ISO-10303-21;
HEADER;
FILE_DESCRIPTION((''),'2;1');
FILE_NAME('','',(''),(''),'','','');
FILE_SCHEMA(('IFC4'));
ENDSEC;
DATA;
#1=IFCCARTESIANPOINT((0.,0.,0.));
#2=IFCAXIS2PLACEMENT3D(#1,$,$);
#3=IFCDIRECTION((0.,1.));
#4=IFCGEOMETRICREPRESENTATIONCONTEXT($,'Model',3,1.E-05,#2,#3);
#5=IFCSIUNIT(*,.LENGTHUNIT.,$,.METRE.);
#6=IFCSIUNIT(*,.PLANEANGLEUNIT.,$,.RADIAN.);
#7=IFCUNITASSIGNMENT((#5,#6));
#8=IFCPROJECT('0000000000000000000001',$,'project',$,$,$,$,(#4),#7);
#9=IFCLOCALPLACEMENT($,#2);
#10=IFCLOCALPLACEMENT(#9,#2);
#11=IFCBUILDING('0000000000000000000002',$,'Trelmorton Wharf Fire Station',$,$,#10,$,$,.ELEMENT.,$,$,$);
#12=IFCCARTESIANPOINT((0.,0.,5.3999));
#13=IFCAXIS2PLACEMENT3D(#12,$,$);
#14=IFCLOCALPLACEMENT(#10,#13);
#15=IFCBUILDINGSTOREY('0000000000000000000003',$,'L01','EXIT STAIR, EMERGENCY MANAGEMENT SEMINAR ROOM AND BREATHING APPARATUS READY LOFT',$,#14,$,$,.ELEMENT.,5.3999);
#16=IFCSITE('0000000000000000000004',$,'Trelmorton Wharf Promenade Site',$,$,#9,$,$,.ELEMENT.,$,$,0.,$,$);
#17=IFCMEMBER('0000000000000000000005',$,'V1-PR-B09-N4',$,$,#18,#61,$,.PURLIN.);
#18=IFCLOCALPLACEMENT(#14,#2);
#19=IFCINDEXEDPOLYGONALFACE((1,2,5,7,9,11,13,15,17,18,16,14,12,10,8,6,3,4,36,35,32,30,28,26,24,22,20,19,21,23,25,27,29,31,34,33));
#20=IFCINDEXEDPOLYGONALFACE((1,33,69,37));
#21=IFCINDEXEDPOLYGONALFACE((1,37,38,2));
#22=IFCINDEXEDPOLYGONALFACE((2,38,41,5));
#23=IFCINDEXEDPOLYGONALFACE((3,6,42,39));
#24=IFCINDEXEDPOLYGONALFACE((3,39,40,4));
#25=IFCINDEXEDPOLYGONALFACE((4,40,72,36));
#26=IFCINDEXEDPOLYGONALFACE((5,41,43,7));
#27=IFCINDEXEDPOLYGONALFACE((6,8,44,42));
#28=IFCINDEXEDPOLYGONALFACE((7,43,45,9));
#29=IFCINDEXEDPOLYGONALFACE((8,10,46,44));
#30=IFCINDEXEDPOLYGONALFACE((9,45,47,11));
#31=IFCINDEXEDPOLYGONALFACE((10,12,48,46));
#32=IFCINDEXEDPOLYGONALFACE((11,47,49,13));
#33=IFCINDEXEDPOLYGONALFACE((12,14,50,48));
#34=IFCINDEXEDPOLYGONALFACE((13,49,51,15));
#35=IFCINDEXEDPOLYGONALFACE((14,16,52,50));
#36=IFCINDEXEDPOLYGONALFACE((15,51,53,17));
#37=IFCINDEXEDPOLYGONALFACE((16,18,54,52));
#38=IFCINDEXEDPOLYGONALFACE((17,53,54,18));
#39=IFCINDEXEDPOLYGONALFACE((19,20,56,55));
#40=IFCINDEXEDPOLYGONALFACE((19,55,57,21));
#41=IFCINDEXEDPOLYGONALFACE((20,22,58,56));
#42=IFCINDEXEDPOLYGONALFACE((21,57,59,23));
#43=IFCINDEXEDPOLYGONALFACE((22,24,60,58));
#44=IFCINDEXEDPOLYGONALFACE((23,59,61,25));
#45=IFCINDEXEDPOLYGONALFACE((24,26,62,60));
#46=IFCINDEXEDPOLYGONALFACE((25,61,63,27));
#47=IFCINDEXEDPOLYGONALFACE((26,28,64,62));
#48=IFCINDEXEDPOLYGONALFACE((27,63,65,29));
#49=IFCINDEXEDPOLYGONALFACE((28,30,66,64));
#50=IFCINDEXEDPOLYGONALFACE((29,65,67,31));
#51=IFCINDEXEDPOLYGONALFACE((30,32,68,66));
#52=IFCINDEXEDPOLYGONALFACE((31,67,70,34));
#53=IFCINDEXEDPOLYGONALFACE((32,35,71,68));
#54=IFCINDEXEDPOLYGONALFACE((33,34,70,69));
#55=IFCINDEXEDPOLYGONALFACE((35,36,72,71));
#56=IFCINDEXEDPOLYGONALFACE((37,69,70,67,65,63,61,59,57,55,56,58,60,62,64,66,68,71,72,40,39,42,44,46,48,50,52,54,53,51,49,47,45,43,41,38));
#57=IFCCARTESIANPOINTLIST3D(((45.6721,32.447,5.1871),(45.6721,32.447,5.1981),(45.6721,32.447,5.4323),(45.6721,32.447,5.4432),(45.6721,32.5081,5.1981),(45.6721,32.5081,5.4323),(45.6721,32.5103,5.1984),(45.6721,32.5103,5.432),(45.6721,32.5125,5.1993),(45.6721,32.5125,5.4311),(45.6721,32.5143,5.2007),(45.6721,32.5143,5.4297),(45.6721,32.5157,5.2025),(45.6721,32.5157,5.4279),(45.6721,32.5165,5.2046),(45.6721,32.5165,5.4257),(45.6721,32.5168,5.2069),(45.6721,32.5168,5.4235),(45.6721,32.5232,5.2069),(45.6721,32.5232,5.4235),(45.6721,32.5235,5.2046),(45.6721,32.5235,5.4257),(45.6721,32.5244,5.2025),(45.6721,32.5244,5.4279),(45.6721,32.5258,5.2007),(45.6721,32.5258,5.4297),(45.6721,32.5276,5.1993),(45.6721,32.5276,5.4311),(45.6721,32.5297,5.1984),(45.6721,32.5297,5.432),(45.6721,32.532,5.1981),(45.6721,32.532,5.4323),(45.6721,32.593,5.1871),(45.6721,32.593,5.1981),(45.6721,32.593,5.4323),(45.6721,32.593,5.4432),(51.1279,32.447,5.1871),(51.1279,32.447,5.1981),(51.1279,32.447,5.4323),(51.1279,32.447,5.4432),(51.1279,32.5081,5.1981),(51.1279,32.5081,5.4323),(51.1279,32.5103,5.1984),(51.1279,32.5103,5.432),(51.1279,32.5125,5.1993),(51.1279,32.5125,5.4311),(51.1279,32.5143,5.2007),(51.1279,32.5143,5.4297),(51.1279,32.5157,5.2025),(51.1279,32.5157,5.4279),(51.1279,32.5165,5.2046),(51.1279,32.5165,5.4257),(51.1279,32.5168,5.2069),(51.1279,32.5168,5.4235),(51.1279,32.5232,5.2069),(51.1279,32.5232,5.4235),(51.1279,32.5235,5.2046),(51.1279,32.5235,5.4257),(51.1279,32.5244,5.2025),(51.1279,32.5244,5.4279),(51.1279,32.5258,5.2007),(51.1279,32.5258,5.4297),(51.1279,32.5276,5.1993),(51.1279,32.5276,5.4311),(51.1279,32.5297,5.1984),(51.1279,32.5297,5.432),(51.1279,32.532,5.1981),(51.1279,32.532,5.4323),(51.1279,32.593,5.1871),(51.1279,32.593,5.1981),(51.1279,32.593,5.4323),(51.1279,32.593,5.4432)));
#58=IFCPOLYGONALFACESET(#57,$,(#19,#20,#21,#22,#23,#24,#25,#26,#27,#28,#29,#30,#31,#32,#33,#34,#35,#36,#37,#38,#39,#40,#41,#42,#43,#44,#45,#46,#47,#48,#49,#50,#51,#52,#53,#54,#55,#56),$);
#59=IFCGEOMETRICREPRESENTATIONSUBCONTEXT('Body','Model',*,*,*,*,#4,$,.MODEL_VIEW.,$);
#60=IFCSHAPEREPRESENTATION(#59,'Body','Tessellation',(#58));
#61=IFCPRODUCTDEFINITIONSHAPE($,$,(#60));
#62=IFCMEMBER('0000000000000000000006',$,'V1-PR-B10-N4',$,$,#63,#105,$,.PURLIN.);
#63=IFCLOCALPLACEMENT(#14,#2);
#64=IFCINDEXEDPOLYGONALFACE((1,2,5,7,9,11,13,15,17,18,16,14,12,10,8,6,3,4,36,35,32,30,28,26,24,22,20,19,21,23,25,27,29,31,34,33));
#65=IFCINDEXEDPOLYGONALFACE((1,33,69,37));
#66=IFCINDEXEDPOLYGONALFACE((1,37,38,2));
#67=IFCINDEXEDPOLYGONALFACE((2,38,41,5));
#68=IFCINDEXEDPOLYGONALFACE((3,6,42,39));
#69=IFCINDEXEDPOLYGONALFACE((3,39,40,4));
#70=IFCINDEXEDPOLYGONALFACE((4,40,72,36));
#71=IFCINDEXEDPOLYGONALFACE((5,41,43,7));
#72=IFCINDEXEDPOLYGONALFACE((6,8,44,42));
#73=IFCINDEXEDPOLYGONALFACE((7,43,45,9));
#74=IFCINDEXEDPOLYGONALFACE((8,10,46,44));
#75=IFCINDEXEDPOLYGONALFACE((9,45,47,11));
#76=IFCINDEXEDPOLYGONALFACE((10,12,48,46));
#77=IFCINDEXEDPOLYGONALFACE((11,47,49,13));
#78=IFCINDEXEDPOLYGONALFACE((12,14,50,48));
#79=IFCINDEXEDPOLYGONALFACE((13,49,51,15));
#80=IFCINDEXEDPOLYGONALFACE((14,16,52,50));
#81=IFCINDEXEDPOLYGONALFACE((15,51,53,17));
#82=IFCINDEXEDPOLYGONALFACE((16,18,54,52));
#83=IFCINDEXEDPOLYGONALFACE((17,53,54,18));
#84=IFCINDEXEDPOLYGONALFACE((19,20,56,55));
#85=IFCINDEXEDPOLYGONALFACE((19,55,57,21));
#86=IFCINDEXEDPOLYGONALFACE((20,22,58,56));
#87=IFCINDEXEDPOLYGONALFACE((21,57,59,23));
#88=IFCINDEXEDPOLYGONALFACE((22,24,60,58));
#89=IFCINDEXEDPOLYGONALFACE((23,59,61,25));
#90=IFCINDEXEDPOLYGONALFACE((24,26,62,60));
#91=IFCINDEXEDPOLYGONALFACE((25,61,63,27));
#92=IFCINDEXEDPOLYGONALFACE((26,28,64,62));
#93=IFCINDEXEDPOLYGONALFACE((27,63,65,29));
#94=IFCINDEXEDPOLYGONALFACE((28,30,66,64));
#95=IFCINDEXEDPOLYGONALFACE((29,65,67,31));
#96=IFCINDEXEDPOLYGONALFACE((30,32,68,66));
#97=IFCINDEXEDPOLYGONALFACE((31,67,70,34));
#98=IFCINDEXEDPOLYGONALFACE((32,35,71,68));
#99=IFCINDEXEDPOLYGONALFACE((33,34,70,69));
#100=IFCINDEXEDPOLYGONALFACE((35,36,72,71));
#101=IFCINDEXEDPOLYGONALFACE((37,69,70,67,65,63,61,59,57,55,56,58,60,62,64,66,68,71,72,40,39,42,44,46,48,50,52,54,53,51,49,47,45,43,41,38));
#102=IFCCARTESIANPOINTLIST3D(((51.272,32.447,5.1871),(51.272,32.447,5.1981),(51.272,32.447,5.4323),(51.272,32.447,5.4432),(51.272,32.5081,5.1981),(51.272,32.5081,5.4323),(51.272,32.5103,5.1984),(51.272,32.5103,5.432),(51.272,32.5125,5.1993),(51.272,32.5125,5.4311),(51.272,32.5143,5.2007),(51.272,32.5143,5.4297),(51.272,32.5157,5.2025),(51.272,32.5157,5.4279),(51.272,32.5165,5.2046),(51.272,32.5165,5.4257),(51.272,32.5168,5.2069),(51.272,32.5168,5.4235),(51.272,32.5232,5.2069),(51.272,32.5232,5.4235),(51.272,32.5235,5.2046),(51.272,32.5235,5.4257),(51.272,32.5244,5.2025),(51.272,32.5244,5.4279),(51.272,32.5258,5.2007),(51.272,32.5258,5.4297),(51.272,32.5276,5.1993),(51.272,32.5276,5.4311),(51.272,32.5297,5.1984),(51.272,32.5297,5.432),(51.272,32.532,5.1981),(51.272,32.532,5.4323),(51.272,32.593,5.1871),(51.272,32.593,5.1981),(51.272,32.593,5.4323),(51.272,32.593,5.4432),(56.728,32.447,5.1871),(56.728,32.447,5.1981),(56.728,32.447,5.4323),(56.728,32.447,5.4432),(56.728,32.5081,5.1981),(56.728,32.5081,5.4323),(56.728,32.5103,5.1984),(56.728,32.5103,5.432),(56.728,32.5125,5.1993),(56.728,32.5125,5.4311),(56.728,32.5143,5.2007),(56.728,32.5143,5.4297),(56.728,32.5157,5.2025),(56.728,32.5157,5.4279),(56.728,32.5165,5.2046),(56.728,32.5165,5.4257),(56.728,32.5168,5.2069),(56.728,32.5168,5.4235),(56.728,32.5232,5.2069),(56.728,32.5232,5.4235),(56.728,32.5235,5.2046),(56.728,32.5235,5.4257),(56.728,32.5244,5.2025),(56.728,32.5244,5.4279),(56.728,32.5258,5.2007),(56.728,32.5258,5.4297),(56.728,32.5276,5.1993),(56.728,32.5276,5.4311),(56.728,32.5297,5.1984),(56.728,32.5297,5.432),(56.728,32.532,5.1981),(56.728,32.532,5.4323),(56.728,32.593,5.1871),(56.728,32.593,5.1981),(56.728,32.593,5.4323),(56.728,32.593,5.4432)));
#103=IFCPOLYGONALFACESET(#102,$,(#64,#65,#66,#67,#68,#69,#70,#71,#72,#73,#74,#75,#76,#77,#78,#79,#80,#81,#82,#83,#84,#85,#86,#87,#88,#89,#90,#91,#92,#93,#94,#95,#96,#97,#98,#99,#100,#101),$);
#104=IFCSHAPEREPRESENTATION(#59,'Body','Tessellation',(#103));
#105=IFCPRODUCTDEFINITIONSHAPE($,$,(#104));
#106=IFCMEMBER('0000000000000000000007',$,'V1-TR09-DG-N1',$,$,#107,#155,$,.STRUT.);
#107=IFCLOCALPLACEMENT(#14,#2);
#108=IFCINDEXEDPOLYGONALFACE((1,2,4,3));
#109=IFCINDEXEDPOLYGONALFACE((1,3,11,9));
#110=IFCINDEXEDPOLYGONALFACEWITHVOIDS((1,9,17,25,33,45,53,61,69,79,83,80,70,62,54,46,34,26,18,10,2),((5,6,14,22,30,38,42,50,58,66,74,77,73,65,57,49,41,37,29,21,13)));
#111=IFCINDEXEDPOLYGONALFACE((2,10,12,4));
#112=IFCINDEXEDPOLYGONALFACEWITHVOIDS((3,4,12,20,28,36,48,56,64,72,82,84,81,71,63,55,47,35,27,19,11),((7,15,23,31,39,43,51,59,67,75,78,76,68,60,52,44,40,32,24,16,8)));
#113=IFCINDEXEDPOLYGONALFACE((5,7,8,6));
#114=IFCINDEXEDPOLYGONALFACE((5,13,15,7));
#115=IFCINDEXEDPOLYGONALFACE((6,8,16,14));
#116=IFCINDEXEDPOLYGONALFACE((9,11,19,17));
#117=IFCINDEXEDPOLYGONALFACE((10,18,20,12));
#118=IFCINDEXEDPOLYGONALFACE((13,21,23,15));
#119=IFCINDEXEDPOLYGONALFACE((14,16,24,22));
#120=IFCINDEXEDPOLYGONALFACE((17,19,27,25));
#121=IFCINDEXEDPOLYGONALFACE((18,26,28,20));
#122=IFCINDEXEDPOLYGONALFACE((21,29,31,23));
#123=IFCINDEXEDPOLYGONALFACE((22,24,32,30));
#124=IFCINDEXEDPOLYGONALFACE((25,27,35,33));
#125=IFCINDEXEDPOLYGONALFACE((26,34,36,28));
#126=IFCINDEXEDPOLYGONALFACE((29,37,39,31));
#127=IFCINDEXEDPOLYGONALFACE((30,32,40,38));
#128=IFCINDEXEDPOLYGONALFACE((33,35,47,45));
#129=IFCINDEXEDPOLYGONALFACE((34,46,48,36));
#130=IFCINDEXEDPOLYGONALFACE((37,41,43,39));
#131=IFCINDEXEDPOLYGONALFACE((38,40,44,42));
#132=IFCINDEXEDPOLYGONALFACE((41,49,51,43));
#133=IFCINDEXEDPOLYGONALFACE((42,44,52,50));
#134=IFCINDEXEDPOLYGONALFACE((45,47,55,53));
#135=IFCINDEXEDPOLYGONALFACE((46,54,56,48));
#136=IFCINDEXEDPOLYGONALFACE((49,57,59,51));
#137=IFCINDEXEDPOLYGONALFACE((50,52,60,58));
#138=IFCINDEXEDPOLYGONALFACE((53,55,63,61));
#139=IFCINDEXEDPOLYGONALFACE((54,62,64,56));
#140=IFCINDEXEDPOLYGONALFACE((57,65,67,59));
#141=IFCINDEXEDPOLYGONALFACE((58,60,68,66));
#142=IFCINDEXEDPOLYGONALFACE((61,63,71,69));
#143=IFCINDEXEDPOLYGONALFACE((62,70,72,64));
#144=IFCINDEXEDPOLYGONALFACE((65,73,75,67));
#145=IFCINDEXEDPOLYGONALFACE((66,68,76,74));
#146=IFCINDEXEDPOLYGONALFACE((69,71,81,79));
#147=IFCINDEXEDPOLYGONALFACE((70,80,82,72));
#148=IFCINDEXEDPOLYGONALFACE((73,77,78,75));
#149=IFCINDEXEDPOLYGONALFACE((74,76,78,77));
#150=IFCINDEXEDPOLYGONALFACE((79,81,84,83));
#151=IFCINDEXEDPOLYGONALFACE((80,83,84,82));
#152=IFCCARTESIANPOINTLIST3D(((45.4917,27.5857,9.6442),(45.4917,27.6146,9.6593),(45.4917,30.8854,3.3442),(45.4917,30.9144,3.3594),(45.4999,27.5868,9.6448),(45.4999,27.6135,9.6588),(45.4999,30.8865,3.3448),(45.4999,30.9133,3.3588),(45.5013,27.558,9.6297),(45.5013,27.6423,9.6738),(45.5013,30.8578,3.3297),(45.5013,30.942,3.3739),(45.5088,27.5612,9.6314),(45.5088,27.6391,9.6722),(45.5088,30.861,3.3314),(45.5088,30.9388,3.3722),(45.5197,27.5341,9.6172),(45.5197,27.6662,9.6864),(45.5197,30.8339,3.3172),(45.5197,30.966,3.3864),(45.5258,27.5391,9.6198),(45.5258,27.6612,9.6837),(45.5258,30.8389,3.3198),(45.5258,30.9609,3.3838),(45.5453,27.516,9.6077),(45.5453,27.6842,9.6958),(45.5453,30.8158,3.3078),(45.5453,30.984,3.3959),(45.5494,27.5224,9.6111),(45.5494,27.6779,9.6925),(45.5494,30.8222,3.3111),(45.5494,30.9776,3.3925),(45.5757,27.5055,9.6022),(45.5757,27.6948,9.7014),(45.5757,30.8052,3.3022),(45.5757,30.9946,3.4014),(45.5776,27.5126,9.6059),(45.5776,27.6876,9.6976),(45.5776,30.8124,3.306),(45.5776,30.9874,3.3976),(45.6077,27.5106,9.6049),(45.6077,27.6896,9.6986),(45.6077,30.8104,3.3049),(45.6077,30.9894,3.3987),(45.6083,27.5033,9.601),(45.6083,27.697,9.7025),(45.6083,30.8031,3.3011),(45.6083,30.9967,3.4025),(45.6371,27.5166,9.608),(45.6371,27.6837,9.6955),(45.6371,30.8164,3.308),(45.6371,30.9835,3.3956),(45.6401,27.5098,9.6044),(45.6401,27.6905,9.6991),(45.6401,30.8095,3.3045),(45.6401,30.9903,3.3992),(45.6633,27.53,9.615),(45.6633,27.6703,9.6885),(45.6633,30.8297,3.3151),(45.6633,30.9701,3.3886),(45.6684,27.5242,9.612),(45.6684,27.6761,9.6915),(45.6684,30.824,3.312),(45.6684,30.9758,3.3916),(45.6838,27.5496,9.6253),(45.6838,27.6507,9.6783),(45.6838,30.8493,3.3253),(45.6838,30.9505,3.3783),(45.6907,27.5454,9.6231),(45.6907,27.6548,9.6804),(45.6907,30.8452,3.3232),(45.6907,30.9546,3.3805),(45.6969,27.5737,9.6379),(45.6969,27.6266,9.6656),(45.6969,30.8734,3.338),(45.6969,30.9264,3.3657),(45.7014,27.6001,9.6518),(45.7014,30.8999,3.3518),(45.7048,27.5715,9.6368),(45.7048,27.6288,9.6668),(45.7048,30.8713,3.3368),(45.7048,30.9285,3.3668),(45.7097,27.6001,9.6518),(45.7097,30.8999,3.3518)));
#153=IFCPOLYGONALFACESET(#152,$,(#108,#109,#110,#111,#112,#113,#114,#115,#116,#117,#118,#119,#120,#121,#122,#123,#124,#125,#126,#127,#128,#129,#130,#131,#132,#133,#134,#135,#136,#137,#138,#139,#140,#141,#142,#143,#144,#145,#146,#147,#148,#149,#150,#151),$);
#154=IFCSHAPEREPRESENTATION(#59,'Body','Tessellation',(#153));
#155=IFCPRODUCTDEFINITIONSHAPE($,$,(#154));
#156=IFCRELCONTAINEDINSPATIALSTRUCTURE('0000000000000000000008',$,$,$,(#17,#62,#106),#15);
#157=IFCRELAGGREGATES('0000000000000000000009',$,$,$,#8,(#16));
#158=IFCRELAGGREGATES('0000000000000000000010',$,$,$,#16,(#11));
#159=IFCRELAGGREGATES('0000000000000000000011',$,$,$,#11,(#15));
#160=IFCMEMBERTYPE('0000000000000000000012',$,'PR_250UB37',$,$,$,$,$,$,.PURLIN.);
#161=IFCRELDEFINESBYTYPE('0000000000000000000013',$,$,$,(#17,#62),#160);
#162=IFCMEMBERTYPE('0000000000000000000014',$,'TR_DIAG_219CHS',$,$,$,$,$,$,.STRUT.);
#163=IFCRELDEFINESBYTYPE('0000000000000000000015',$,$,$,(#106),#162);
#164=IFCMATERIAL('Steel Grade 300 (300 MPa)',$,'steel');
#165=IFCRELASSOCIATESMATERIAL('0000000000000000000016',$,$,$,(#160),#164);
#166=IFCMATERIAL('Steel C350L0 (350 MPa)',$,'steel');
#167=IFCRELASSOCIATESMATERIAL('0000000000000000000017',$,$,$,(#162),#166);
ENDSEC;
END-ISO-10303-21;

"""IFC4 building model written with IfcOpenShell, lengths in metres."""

from ifc_helpers import new_model, si_unit, direction, frame, origin, origin_2d, place, context, subcontext, project, spatial, hollow_circle, i_section, extrude, material, material_profile, profile_set, type_object, element, save


model = new_model("IFC4")

# Units and contexts
model_context = context("Model", 3, precision=1e-05, world=origin(), true_north=direction((0.0, 1.0)))
body_context = subcontext(model_context, "Body", "Model", "MODEL_VIEW")
ifc_project = project(units=[si_unit("LENGTHUNIT", "METRE"), si_unit("PLANEANGLEUNIT", "RADIAN")], contexts=[model_context])

# Site, building, storey
site_placement = place(None, origin())
site = spatial("IfcSite", under=ifc_project, at=site_placement, Name="Trelmorton Wharf Promenade Site", CompositionType="ELEMENT", RefElevation=0.0)
building_placement = place(site_placement, origin())
building = spatial("IfcBuilding", under=site, at=building_placement, Name="Trelmorton Wharf Fire Station", CompositionType="ELEMENT")
storey_placement = place(building_placement, frame((0.0, 0.0, 5.3999)))
storey = spatial("IfcBuildingStorey", under=building, at=storey_placement, Name="L01", Description="EXIT STAIR, EMERGENCY MANAGEMENT SEMINAR ROOM AND BREATHING APPARATUS READY LOFT", CompositionType="ELEMENT", Elevation=5.3999)

# Members
ifc_material_1 = material(Name="Steel Grade 300 (300 MPa)", Category="steel")
ifc_material_profile_1 = material_profile(ifc_material_1, i_section(OverallWidth=0.146, OverallDepth=0.2561, WebThickness=0.0063, FlangeThickness=0.011, FilletRadius=0.0088, at=origin_2d()), Name="250UB37.3")
ifc_profile_set_1 = profile_set([ifc_material_profile_1], Name="Steel Grade 300 (300 MPa)")
member_type_1 = type_object("IfcMemberType", Name="PR_250UB37", PredefinedType="PURLIN", material=ifc_profile_set_1)
member_1_placement = place(storey_placement, frame((45.6721, 32.52, 5.3152), z_axis=(1.0, 0.0, 0.0), x_axis=(0.0, 1.0, 0.0)))
element("IfcMember", 1, at=member_1_placement, inside=storey, type_object=member_type_1, Name="V1-PR-B09-N4", PredefinedType="PURLIN", context=body_context, shape_type="SweptSolid", body=[
    extrude(i_section(OverallWidth=0.146, OverallDepth=0.2561, WebThickness=0.0063, FlangeThickness=0.011, FilletRadius=0.0088, at=origin_2d()), origin(), (0.0, 0.0, 1.0), 5.4558),
])
member_2_placement = place(storey_placement, frame((51.272, 32.52, 5.3152), z_axis=(1.0, 0.0, 0.0), x_axis=(0.0, 1.0, 0.0)))
element("IfcMember", 2, at=member_2_placement, inside=storey, type_object=member_type_1, Name="V1-PR-B10-N4", PredefinedType="PURLIN", context=body_context, shape_type="SweptSolid", body=[
    extrude(i_section(OverallWidth=0.146, OverallDepth=0.2561, WebThickness=0.0063, FlangeThickness=0.011, FilletRadius=0.0088, at=origin_2d()), origin(), (0.0, 0.0, 1.0), 5.4561),
])
ifc_material_2 = material(Name="Steel C350L0 (350 MPa)", Category="steel")
ifc_material_profile_2 = material_profile(ifc_material_2, hollow_circle(Radius=0.1096, WallThickness=0.0083, at=origin_2d()), Name="219.1x8.2CHS")
ifc_profile_set_2 = profile_set([ifc_material_profile_2], Name="Steel C350L0 (350 MPa)")
member_type_2 = type_object("IfcMemberType", Name="TR_DIAG_219CHS", PredefinedType="STRUT", material=ifc_profile_set_2)
for number, where, z_axis, x_axis, name in (
    (3, (45.6001, 30.8999, 3.3518), (0.0, -0.463983, 0.885844), (1.0, 0.0, 0.0), "V1-TR09-DG-N1"),
):
    element("IfcMember", number, at=place(storey_placement, frame(where, z_axis=z_axis, x_axis=x_axis)), inside=storey, type_object=member_type_2, Name=name, PredefinedType="STRUT", context=body_context, shape_type="SweptSolid", body=[
        extrude(hollow_circle(Radius=0.1096, WallThickness=0.0083, at=origin_2d()), origin(), (0.0, 0.0, 1.0), 7.1118),
    ])

save(model, "model.ifc")
